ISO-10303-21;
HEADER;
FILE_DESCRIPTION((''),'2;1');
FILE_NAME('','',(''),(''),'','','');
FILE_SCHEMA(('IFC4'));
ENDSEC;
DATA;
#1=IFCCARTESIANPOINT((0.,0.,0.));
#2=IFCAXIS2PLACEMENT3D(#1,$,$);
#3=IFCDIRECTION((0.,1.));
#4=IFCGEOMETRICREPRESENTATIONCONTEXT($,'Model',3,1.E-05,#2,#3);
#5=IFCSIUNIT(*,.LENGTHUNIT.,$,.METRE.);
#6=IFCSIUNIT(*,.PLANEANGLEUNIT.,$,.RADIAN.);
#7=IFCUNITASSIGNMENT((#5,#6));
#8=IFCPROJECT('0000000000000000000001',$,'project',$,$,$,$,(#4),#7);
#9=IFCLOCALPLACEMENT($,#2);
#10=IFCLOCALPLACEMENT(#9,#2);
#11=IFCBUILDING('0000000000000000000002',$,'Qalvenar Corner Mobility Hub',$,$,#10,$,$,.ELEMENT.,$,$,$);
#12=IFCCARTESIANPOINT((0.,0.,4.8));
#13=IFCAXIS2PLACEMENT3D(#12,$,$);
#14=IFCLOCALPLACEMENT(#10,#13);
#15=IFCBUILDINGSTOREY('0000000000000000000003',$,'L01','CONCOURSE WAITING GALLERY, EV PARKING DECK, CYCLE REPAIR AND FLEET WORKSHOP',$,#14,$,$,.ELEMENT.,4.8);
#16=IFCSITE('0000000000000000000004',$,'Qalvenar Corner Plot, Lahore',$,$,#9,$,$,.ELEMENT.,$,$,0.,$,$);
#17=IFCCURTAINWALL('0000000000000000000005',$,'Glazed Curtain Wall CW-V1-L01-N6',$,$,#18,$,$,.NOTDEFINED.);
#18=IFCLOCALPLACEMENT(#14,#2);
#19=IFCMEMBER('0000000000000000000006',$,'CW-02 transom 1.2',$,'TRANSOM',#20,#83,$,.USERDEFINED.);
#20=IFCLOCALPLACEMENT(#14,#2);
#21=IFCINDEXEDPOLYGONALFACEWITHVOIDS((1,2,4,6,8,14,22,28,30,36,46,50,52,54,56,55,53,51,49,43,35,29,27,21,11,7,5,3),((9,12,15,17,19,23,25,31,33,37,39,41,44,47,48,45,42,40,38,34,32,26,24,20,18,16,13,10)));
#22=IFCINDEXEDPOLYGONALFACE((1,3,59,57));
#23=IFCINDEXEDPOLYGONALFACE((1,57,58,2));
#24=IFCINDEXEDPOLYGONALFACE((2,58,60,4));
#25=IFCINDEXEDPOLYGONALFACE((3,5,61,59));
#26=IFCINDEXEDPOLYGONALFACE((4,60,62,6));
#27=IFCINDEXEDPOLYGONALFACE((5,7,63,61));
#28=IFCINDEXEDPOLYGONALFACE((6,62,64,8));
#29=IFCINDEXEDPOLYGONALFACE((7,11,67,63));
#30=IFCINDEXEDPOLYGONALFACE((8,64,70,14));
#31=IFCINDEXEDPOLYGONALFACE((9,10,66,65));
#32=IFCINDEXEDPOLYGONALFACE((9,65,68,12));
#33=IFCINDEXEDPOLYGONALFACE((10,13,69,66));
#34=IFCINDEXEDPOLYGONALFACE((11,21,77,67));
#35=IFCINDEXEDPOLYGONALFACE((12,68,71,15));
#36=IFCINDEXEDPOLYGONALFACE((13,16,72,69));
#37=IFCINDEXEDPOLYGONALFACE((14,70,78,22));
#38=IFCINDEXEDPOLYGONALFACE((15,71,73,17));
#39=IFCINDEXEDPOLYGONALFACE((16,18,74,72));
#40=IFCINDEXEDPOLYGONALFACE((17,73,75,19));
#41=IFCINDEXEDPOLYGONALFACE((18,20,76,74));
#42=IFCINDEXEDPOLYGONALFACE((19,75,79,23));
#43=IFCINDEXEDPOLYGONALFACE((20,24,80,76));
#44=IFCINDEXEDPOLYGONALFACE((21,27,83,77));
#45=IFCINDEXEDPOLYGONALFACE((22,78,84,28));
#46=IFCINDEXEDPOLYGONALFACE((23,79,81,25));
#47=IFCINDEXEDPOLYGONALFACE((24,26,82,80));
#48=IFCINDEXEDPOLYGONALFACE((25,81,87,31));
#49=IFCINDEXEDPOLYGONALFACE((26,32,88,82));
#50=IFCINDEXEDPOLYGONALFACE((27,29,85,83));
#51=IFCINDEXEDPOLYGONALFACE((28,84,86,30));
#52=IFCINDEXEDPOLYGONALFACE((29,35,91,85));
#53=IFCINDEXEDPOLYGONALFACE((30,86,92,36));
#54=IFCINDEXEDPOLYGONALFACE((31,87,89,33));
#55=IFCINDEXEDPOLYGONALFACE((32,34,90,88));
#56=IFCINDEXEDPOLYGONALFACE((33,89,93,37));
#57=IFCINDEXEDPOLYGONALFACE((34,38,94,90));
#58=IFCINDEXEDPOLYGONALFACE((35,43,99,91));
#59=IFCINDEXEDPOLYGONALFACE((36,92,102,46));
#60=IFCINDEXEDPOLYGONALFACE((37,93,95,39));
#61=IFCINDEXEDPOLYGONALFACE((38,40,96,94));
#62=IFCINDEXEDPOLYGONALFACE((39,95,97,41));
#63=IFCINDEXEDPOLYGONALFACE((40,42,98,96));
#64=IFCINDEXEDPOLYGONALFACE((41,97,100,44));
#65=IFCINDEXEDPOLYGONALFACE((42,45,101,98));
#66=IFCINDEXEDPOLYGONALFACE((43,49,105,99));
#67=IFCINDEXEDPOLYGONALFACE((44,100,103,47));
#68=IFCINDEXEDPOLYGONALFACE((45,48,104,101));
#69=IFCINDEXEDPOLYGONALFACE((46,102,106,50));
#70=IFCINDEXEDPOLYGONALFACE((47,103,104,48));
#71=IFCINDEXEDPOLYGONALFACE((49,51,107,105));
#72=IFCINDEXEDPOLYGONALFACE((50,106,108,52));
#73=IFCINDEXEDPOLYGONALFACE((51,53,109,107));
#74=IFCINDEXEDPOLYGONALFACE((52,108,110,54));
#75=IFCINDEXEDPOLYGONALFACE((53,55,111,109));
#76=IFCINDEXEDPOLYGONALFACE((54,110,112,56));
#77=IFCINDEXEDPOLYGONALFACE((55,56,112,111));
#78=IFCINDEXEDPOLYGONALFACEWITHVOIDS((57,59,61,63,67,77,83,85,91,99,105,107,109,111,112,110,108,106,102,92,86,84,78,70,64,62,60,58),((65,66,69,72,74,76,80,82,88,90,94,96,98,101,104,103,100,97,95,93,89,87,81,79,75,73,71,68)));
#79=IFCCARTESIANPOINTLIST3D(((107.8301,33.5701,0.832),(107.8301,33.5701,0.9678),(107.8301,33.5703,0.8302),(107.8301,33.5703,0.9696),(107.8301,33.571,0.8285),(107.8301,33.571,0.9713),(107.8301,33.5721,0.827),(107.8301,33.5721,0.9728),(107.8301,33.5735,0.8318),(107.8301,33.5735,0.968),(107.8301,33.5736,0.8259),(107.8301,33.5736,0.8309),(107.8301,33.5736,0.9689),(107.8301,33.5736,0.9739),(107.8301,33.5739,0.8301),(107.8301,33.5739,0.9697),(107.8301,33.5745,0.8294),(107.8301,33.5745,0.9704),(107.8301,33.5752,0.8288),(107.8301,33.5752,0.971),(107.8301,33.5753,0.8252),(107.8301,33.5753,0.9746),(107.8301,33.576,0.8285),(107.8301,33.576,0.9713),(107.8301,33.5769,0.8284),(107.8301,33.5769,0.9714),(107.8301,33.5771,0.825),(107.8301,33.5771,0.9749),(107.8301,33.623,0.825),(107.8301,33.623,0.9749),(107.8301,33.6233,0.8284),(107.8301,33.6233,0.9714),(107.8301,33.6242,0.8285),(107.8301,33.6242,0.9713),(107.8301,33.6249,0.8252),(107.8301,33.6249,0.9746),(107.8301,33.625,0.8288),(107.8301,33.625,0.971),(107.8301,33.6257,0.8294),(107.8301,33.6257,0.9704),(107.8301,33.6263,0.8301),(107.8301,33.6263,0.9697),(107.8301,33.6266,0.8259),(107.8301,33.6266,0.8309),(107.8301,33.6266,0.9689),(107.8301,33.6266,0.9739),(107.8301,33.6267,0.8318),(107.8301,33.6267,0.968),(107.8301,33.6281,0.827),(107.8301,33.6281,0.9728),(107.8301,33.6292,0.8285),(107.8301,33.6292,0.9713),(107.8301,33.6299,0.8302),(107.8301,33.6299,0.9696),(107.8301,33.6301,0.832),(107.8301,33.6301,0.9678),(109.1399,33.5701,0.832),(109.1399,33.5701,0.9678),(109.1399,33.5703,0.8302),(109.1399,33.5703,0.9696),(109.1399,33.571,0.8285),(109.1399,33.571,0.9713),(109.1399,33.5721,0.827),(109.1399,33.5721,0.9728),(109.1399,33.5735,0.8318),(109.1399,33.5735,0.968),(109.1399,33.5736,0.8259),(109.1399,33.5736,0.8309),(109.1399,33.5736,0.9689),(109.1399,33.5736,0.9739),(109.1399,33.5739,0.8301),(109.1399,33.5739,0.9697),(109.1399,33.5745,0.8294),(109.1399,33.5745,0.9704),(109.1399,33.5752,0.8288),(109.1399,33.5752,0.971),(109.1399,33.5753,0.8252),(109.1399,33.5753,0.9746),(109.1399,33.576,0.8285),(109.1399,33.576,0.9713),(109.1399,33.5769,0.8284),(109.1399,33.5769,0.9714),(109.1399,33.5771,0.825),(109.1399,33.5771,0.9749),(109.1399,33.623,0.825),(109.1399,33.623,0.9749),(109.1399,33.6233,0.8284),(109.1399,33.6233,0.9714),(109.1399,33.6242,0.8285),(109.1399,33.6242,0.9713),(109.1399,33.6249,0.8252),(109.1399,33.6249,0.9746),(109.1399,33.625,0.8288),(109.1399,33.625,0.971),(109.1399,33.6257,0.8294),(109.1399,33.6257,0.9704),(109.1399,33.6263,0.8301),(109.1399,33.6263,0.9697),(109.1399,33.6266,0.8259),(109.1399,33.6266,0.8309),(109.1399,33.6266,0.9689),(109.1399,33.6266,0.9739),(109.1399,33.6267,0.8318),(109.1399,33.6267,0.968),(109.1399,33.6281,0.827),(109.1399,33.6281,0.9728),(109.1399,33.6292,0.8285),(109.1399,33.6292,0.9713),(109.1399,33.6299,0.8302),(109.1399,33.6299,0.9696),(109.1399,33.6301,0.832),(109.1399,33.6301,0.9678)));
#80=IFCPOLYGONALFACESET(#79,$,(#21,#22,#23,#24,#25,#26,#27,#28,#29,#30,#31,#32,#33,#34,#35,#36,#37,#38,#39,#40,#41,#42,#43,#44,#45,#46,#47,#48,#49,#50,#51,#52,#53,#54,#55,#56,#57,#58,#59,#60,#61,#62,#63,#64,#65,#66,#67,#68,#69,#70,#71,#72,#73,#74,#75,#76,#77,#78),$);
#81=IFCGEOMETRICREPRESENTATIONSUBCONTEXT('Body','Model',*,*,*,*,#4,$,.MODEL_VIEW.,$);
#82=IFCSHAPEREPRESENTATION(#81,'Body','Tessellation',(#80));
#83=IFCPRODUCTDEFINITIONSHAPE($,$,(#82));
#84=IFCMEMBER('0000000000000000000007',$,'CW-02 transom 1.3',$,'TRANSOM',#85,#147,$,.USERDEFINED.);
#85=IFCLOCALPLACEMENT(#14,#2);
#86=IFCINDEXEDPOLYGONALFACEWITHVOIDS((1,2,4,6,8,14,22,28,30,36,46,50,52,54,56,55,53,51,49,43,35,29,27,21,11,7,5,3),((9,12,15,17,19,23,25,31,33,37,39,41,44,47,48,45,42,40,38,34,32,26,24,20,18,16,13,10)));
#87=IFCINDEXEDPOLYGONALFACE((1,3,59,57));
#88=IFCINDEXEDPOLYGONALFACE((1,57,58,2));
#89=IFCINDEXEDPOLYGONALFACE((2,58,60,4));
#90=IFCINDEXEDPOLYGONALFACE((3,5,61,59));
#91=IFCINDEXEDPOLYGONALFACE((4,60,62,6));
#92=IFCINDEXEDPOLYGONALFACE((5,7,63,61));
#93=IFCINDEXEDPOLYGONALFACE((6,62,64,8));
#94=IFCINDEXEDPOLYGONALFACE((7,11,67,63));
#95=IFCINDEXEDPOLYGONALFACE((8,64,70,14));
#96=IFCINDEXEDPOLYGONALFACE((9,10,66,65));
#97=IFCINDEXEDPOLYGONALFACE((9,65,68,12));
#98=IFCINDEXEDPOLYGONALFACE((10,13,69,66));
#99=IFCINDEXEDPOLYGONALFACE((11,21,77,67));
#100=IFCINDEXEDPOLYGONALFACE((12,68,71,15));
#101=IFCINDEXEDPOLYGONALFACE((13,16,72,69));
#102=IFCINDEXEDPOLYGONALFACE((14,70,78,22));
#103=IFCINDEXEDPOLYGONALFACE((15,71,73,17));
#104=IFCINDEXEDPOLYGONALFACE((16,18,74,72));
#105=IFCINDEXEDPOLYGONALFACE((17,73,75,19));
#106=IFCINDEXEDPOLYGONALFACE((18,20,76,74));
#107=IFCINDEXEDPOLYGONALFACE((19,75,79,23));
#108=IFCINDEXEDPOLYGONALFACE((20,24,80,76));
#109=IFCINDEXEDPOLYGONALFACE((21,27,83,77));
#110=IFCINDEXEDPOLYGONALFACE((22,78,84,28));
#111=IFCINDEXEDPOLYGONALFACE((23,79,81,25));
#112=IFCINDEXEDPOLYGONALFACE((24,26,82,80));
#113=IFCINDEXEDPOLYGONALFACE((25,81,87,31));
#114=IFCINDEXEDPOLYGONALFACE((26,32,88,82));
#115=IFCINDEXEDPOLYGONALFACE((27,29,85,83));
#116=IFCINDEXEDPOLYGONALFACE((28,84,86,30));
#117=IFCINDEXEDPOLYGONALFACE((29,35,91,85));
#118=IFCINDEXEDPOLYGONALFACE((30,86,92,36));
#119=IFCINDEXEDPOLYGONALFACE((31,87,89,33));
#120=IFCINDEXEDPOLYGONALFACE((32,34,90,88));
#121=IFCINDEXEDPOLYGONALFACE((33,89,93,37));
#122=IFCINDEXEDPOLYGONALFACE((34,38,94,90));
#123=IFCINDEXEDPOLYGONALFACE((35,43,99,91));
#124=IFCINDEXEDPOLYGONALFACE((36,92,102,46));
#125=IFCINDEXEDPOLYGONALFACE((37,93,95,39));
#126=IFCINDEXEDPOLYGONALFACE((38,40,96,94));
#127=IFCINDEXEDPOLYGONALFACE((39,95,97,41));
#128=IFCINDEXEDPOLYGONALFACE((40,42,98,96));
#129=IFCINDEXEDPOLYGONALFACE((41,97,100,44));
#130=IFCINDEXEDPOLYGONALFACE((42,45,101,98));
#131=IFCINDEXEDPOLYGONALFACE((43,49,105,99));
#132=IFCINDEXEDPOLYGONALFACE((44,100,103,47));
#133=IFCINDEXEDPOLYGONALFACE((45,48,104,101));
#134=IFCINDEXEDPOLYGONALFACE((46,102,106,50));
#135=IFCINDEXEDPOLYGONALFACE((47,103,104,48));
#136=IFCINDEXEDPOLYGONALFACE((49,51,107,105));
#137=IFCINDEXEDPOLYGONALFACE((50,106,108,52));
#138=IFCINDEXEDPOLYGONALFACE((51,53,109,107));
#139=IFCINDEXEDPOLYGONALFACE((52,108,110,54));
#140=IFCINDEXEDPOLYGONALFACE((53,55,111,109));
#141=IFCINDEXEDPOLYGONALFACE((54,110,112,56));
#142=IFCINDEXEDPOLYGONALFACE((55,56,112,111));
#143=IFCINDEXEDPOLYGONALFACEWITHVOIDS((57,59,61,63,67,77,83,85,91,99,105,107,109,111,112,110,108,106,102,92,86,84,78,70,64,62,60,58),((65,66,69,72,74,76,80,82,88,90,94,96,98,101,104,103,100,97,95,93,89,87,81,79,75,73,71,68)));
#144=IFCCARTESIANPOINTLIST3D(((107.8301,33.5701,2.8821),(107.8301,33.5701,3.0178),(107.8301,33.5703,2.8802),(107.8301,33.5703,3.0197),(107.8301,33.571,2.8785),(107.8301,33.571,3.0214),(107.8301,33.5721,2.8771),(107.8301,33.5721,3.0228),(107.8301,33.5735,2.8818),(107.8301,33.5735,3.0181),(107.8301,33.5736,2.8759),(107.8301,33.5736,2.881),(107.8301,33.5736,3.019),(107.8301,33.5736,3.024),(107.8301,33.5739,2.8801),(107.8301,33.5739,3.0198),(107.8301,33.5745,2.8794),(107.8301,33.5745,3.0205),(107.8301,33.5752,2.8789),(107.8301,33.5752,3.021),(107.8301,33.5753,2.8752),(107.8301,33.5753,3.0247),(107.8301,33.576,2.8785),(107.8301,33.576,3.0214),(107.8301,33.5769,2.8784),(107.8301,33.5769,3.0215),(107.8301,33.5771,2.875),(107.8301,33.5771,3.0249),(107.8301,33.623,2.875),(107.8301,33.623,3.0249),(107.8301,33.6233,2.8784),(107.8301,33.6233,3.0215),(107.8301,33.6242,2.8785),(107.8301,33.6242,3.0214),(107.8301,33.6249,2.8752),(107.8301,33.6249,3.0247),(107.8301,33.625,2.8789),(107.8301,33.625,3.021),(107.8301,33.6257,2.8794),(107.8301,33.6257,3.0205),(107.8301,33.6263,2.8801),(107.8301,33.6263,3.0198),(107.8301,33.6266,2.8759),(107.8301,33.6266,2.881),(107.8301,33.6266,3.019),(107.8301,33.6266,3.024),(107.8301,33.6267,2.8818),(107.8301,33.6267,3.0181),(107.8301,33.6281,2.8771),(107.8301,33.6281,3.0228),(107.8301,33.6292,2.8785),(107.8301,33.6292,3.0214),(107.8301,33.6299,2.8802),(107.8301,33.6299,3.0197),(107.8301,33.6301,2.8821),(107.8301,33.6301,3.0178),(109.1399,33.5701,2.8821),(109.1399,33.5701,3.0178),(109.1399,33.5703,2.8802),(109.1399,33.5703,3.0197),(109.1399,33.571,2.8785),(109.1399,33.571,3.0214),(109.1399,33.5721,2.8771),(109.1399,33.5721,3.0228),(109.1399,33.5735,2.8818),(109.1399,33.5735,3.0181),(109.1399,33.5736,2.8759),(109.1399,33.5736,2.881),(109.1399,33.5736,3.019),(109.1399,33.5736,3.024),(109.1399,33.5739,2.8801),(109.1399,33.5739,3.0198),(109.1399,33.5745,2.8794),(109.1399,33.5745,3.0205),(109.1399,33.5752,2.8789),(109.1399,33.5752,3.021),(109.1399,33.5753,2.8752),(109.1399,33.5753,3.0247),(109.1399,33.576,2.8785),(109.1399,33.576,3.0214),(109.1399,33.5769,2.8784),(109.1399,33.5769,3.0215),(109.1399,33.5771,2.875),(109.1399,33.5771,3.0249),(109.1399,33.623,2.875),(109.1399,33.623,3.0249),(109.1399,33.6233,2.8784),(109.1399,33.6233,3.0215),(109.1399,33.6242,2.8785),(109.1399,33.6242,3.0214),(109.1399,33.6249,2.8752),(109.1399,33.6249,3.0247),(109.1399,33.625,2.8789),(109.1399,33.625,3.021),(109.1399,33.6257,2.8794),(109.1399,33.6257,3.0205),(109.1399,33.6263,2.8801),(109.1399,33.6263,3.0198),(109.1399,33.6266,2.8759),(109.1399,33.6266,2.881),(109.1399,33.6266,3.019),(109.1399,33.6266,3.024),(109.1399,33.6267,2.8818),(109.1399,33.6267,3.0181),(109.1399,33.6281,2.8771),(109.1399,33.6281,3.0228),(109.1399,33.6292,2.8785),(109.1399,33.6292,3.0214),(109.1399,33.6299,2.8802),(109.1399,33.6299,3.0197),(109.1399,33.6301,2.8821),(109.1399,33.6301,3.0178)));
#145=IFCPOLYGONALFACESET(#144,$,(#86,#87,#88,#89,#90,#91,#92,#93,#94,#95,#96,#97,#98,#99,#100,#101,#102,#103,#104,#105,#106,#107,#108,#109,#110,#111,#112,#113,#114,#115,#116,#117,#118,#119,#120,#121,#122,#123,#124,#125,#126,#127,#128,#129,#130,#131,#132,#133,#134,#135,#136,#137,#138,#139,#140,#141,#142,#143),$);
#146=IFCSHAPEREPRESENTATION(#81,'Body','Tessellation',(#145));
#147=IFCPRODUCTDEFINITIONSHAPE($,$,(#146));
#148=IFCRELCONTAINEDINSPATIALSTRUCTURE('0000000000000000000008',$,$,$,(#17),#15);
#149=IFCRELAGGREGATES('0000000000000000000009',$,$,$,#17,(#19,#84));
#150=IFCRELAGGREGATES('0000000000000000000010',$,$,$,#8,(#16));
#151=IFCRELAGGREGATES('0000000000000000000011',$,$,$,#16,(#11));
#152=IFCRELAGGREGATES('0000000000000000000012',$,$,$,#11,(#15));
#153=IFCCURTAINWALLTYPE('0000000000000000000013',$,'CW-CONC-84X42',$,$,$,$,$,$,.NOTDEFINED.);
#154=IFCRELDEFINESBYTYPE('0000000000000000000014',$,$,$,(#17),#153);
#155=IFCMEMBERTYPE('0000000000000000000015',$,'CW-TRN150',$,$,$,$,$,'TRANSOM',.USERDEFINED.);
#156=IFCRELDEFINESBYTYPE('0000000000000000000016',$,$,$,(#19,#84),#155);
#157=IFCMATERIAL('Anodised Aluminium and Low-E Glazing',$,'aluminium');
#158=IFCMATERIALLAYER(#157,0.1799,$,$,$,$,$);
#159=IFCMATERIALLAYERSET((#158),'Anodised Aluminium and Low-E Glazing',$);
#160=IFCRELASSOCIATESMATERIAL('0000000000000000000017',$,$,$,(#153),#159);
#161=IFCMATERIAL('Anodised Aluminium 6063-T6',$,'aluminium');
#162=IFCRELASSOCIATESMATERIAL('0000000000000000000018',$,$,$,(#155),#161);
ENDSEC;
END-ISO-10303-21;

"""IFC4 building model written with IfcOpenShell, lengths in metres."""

from ifc_helpers import new_model, si_unit, direction, frame, origin, origin_2d, place, context, subcontext, project, spatial, hollow_rectangle, extrude, material, layer, layer_set, material_profile, profile_set, type_object, element, aggregate, save


model = new_model("IFC4")

# Units and contexts
model_context = context("Model", 3, precision=1e-05, world=origin(), true_north=direction((0.0, 1.0)))
body_context = subcontext(model_context, "Body", "Model", "MODEL_VIEW")
ifc_project = project(units=[si_unit("LENGTHUNIT", "METRE"), si_unit("PLANEANGLEUNIT", "RADIAN")], contexts=[model_context])

# Site, building, storey
site_placement = place(None, origin())
site = spatial("IfcSite", under=ifc_project, at=site_placement, Name="Qalvenar Corner Plot, Lahore", CompositionType="ELEMENT", RefElevation=0.0)
building_placement = place(site_placement, origin())
building = spatial("IfcBuilding", under=site, at=building_placement, Name="Qalvenar Corner Mobility Hub", CompositionType="ELEMENT")
storey_placement = place(building_placement, frame((0.0, 0.0, 4.8)))
storey = spatial("IfcBuildingStorey", under=building, at=storey_placement, Name="L01", Description="CONCOURSE WAITING GALLERY, EV PARKING DECK, CYCLE REPAIR AND FLEET WORKSHOP", CompositionType="ELEMENT", Elevation=4.8)

# Shared definitions
ifc_material_1 = material(Name="Anodised Aluminium and Low-E Glazing", Category="aluminium")
ifc_material_2 = material(Name="Anodised Aluminium 6063-T6", Category="aluminium")

# Curtain wall, members
ifc_layer_1 = layer(ifc_material_1, 0.1799)
ifc_layer_set_1 = layer_set([ifc_layer_1], Name="Anodised Aluminium and Low-E Glazing")
curtain_wall_type_1 = type_object("IfcCurtainWallType", Name="CW-CONC-84X42", PredefinedType="NOTDEFINED", material=ifc_layer_set_1)
curtain_wall_1_placement = place(storey_placement, origin())
curtain_wall_1 = element("IfcCurtainWall", 1, at=curtain_wall_1_placement, inside=storey, type_object=curtain_wall_type_1, Name="Glazed Curtain Wall CW-V1-L01-N6", PredefinedType="NOTDEFINED")
ifc_material_profile_1 = material_profile(ifc_material_2, hollow_rectangle(XDim=0.0601, YDim=0.1499, WallThickness=0.0034, InnerFilletRadius=0.0034, OuterFilletRadius=0.0071, at=origin_2d()), Name="RHS150x60x3.5")
ifc_profile_set_1 = profile_set([ifc_material_profile_1], Name="Anodised Aluminium 6063-T6")
member_type_1 = type_object("IfcMemberType", Name="CW-TRN150", ElementType="TRANSOM", PredefinedType="USERDEFINED", material=ifc_profile_set_1)
member_1_placement = place(storey_placement, frame((109.1399, 33.6001, 0.8999), z_axis=(-1.0, 0.0, 0.0), x_axis=(0.0, -1.0, 0.0)))
member_1 = element("IfcMember", 2, at=member_1_placement, type_object=member_type_1, Name="CW-02 transom 1.2", ObjectType="TRANSOM", PredefinedType="USERDEFINED", context=body_context, shape_type="SweptSolid", body=[
    extrude(hollow_rectangle(XDim=0.0601, YDim=0.1499, WallThickness=0.0034, InnerFilletRadius=0.0034, OuterFilletRadius=0.0071, at=origin_2d()), origin(), (0.0, 0.0, 1.0), 1.3098),
])
member_2_placement = place(storey_placement, frame((109.1399, 33.6001, 2.95), z_axis=(-1.0, 0.0, 0.0), x_axis=(0.0, -1.0, 0.0)))
member_2 = element("IfcMember", 3, at=member_2_placement, type_object=member_type_1, Name="CW-02 transom 1.3", ObjectType="TRANSOM", PredefinedType="USERDEFINED", context=body_context, shape_type="SweptSolid", body=[
    extrude(hollow_rectangle(XDim=0.0601, YDim=0.1499, WallThickness=0.0034, InnerFilletRadius=0.0034, OuterFilletRadius=0.0071, at=origin_2d()), origin(), (0.0, 0.0, 1.0), 1.3098),
])
aggregate(curtain_wall_1, [member_1, member_2])

save(model, "model.ifc")
